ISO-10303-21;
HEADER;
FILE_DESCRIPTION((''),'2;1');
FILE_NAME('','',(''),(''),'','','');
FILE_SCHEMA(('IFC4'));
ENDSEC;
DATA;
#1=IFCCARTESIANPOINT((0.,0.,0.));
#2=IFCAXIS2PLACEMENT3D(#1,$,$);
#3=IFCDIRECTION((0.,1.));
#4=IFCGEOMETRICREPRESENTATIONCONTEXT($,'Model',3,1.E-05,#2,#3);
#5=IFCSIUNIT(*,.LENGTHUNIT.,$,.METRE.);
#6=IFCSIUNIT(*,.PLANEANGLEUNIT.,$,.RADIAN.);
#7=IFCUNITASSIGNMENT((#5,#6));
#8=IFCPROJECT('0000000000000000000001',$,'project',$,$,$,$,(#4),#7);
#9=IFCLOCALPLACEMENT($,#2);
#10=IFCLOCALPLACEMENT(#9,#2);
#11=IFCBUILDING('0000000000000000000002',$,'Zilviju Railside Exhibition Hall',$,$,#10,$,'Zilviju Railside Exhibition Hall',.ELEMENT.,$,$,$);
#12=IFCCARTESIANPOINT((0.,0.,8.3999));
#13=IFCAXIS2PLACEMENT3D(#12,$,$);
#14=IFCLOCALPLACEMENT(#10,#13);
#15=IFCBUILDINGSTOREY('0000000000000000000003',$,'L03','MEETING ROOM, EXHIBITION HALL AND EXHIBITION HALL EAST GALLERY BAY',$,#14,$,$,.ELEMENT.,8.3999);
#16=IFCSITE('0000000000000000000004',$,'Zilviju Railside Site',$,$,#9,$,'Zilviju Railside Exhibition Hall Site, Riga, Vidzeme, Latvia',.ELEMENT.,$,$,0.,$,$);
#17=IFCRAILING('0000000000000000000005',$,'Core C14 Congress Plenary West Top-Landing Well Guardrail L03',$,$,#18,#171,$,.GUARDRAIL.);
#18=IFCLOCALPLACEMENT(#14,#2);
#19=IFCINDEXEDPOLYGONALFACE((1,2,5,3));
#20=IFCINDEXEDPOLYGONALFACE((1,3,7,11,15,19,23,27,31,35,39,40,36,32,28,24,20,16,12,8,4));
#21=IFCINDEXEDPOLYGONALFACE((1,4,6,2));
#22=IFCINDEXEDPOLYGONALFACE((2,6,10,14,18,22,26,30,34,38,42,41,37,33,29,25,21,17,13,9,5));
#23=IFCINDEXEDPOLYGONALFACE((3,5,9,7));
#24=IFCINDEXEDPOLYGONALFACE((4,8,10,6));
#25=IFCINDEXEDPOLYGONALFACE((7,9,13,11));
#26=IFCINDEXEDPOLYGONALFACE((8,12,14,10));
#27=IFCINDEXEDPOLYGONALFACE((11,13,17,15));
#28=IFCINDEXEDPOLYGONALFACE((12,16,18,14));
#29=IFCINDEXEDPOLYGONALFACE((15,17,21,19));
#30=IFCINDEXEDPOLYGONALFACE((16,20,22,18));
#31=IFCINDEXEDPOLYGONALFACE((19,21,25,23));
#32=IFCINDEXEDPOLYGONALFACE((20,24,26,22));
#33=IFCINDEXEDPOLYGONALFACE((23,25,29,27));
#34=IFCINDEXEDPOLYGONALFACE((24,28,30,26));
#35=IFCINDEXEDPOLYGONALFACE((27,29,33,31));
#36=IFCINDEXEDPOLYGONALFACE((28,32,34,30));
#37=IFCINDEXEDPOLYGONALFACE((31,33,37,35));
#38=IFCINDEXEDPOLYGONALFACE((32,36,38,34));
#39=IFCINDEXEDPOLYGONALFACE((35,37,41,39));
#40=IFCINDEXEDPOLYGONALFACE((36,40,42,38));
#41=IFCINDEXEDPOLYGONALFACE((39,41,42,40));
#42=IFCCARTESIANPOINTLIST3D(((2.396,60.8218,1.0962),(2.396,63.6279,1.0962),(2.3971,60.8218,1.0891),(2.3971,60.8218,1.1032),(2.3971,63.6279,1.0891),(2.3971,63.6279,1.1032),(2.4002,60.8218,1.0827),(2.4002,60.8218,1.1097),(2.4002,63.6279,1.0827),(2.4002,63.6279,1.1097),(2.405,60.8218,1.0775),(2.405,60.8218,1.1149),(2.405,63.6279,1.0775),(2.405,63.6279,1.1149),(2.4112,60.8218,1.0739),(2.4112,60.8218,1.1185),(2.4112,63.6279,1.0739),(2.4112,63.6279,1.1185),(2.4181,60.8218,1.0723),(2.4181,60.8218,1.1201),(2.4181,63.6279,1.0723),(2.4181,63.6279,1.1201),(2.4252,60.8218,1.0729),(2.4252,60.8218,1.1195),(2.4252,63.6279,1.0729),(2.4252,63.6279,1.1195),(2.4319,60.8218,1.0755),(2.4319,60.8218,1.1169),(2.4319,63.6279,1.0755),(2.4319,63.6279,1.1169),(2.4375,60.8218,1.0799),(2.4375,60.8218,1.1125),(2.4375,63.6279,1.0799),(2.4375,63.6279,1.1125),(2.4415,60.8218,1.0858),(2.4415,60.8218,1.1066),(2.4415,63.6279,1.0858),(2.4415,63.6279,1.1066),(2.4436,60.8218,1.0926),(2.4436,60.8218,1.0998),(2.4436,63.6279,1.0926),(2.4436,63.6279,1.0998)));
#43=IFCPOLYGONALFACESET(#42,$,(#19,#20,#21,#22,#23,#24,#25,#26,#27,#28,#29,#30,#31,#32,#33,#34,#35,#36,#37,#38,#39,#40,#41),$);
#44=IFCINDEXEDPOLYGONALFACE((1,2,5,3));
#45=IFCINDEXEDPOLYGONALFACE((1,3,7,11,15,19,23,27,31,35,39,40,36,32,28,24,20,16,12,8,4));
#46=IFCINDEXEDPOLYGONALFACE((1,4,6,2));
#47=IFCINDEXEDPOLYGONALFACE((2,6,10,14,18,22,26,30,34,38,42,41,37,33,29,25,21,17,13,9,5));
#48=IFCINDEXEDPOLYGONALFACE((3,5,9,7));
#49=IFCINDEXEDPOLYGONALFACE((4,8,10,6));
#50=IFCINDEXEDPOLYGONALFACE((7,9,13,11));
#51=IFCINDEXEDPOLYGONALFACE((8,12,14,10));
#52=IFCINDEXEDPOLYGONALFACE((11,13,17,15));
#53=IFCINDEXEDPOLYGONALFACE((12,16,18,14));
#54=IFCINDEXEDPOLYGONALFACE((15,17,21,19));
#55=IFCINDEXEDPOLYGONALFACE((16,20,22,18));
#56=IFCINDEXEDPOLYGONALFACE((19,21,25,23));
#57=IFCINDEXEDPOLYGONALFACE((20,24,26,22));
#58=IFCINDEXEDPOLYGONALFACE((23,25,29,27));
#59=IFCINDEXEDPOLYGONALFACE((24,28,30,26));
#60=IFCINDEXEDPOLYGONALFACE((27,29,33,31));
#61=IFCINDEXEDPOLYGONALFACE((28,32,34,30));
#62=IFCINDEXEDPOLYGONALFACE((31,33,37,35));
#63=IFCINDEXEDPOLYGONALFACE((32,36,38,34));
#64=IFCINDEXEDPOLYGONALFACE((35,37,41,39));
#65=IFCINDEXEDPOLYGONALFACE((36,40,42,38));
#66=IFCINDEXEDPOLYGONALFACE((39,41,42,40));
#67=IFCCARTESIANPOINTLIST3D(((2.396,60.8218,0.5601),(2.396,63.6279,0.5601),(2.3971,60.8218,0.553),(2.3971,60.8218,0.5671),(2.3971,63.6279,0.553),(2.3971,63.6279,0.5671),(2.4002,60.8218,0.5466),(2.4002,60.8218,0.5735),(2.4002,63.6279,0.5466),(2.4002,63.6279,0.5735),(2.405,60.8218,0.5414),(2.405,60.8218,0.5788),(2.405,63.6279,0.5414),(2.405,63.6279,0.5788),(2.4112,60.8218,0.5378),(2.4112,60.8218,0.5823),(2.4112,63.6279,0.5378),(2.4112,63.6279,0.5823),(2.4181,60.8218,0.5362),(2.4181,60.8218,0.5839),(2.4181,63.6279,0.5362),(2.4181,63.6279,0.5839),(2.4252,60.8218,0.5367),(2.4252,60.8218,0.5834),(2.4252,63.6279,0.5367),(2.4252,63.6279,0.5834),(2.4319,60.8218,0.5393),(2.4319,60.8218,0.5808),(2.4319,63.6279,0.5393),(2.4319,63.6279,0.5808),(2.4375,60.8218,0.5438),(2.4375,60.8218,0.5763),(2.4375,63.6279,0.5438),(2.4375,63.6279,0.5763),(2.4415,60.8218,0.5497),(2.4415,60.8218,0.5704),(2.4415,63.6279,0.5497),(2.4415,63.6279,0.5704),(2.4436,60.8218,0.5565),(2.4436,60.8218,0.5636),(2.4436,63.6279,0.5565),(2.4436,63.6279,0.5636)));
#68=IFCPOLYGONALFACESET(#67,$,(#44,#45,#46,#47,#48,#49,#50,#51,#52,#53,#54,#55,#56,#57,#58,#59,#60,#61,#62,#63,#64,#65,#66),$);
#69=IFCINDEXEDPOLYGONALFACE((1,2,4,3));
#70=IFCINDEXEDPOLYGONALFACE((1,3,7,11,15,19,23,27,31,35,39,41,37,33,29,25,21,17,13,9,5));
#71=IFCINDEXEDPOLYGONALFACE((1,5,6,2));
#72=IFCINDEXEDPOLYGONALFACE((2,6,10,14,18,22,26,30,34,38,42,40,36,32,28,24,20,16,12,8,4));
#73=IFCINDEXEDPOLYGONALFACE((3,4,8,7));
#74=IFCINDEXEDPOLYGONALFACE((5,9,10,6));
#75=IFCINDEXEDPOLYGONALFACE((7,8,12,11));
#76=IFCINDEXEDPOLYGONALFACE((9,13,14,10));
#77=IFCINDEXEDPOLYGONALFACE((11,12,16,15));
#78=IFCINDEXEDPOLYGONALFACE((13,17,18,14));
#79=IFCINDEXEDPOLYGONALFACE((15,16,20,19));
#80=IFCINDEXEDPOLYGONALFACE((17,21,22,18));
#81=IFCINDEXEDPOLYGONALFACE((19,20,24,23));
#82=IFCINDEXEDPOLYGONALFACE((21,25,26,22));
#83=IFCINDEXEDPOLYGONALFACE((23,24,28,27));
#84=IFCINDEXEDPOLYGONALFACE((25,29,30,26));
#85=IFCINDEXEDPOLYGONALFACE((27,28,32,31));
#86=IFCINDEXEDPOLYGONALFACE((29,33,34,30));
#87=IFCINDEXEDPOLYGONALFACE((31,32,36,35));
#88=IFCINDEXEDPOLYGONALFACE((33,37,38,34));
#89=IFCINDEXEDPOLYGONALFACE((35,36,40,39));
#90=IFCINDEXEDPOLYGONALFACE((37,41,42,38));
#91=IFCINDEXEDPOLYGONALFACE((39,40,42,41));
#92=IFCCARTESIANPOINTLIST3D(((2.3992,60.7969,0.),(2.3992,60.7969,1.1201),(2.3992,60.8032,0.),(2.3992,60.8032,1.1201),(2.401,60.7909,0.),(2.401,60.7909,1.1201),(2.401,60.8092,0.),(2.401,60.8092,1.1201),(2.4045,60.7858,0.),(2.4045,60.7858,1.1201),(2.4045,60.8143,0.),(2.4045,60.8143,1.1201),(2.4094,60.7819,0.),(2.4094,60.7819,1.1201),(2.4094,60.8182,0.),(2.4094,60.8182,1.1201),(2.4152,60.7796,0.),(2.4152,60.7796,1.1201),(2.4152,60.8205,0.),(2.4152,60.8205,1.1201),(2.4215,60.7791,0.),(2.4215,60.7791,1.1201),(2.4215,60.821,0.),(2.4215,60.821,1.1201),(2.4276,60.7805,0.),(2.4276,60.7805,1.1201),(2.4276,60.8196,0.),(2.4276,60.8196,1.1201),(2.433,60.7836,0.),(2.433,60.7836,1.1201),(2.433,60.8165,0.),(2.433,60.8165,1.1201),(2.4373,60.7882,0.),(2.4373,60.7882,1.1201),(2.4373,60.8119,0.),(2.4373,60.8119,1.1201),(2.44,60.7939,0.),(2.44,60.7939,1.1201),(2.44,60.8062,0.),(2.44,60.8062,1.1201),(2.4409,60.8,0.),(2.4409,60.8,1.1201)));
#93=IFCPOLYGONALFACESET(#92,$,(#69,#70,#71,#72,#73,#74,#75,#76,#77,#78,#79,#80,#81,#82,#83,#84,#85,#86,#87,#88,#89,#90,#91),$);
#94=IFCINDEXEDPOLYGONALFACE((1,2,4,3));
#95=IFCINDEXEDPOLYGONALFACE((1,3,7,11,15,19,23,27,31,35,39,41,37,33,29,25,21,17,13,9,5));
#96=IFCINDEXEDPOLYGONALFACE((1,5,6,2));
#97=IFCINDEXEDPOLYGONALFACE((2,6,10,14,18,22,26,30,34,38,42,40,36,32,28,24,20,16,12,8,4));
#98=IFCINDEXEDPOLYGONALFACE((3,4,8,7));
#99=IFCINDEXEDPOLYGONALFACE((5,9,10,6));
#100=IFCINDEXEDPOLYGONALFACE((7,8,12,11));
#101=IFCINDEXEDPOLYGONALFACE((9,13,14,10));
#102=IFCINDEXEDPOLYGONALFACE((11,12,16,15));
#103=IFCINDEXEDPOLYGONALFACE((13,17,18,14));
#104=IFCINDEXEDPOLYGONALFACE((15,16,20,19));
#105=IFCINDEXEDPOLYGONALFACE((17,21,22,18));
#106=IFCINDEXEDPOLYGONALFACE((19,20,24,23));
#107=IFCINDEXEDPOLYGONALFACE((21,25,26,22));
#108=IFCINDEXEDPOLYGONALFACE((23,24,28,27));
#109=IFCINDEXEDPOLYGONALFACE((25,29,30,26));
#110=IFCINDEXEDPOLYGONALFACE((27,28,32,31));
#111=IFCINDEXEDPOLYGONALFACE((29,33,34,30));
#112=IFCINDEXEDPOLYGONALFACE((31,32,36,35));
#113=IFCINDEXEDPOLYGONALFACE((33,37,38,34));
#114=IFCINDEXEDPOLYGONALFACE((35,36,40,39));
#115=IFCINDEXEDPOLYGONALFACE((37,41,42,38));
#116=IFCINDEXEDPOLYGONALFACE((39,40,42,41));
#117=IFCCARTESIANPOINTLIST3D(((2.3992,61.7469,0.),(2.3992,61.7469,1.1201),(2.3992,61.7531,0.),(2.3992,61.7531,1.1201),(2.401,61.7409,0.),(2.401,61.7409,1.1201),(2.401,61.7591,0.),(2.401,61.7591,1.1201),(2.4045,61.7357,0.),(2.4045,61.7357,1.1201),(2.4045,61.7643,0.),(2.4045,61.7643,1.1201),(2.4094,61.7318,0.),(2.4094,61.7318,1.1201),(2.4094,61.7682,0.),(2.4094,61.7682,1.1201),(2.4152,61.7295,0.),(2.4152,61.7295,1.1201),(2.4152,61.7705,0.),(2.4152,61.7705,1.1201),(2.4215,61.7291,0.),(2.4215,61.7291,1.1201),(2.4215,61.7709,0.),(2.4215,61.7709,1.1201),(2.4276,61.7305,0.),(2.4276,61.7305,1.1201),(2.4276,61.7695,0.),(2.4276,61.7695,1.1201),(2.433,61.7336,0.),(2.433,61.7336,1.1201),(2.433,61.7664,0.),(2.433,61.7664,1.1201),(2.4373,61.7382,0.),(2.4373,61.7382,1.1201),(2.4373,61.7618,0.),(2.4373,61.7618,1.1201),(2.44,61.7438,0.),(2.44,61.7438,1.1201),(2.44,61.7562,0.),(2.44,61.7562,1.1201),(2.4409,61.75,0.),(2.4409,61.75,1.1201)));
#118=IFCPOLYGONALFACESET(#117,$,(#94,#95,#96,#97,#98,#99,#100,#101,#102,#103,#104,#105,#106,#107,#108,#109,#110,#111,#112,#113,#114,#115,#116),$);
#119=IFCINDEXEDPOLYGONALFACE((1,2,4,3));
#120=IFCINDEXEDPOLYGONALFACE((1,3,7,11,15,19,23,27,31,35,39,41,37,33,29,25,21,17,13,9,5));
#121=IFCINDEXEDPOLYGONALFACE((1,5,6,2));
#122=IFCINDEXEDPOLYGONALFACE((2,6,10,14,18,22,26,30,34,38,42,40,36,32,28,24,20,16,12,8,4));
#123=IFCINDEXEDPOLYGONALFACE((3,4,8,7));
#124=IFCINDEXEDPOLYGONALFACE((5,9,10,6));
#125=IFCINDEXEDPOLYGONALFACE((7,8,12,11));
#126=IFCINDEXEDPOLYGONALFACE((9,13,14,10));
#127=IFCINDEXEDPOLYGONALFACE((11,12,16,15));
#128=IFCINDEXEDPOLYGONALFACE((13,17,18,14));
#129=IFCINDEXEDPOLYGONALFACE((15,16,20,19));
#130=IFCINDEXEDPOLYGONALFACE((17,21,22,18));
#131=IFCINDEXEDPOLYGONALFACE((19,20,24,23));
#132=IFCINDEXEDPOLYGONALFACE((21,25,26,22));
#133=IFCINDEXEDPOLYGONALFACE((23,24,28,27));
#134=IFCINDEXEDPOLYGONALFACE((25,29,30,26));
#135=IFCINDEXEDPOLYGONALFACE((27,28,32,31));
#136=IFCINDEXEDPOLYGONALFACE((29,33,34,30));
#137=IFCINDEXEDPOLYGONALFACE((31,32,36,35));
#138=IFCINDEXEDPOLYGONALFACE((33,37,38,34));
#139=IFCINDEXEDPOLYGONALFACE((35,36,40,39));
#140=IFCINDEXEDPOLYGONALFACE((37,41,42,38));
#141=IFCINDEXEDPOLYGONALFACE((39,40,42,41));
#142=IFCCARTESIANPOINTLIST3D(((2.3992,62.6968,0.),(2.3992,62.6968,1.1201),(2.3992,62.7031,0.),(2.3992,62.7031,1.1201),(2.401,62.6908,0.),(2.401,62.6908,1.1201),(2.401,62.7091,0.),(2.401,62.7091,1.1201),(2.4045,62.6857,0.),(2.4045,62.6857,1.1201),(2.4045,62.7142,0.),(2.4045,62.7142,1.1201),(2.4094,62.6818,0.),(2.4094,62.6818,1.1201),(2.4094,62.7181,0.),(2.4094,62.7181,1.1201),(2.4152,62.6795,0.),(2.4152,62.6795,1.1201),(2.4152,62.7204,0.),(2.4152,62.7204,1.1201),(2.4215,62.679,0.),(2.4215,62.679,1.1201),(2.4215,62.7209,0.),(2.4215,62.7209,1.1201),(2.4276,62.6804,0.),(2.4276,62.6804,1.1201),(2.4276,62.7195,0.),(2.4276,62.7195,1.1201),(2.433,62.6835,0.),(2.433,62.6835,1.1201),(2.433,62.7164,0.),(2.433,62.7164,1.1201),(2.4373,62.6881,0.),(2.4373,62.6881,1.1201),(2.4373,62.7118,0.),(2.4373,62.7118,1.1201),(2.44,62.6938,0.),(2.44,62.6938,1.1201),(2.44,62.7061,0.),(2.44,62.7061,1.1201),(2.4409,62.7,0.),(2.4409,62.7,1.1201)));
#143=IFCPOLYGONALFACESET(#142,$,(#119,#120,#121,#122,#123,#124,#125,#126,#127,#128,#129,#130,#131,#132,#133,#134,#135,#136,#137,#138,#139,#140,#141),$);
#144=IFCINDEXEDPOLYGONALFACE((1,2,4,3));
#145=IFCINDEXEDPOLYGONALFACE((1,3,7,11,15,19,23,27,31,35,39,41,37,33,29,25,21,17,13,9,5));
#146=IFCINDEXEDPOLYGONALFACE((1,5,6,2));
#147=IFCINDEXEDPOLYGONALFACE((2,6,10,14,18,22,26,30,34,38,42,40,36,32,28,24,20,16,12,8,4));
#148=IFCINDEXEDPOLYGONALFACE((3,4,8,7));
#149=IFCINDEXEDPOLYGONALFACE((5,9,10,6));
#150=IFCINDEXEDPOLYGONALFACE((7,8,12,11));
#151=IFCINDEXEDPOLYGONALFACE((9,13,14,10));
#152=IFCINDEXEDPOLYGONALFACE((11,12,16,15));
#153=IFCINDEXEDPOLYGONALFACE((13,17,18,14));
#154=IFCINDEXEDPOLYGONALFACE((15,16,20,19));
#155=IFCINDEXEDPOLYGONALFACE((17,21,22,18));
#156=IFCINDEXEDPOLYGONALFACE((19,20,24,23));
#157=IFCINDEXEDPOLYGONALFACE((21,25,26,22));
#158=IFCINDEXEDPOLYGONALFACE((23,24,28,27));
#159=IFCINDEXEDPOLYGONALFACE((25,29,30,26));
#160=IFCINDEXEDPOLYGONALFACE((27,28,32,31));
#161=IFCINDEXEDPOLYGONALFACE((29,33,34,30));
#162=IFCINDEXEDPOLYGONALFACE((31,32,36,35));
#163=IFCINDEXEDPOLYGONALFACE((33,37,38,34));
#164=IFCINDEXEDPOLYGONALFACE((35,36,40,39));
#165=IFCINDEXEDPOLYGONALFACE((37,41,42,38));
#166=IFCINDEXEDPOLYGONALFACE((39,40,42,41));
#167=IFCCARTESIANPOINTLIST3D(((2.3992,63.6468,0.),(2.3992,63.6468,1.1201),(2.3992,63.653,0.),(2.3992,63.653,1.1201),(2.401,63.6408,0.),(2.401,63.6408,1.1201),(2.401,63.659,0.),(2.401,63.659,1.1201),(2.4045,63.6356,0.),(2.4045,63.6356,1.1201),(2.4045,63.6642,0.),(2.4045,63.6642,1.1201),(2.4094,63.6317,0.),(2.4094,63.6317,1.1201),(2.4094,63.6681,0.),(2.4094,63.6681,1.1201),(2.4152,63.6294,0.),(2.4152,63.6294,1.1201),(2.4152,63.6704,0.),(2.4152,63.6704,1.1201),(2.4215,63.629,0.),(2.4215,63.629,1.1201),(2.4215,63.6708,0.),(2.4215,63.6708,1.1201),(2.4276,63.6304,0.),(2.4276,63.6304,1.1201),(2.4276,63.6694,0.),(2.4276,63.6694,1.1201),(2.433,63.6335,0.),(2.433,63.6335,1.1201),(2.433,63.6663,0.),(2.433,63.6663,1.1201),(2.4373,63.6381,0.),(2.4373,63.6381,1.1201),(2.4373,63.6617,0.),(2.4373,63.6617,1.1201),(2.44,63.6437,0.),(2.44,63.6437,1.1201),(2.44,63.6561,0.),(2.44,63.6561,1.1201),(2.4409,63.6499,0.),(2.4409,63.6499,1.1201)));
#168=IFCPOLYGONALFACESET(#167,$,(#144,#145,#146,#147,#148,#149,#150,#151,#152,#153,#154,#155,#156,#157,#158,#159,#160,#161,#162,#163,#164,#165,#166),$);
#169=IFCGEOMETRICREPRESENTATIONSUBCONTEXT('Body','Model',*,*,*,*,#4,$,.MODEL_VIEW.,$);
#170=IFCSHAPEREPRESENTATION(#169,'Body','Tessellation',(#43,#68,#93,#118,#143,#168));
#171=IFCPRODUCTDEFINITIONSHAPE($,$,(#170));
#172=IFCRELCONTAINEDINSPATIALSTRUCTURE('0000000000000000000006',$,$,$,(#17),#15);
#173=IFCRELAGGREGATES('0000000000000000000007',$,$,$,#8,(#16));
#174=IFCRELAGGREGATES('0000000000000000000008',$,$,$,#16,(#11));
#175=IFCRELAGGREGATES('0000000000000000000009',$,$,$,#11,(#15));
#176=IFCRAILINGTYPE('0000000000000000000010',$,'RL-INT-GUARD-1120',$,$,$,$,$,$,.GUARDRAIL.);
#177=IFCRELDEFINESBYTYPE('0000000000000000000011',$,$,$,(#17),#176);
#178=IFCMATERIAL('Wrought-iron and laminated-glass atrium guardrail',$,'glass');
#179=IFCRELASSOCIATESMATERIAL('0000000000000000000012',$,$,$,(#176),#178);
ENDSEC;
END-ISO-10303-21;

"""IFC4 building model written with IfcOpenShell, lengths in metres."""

from ifc_helpers import new_model, si_unit, direction, frame, origin, origin_2d, place, context, subcontext, project, spatial, circle, extrude, material, type_object, element, save


model = new_model("IFC4")

# Units and contexts
model_context = context("Model", 3, precision=1e-05, world=origin(), true_north=direction((0.0, 1.0)))
body_context = subcontext(model_context, "Body", "Model", "MODEL_VIEW")
ifc_project = project(units=[si_unit("LENGTHUNIT", "METRE"), si_unit("PLANEANGLEUNIT", "RADIAN")], contexts=[model_context])

# Site, building, storey
site_placement = place(None, origin())
site = spatial("IfcSite", under=ifc_project, at=site_placement, Name="Zilviju Railside Site", LongName="Zilviju Railside Exhibition Hall Site, Riga, Vidzeme, Latvia", CompositionType="ELEMENT", RefElevation=0.0)
building_placement = place(site_placement, origin())
building = spatial("IfcBuilding", under=site, at=building_placement, Name="Zilviju Railside Exhibition Hall", LongName="Zilviju Railside Exhibition Hall", CompositionType="ELEMENT")
storey_placement = place(building_placement, frame((0.0, 0.0, 8.3999)))
storey = spatial("IfcBuildingStorey", under=building, at=storey_placement, Name="L03", Description="MEETING ROOM, EXHIBITION HALL AND EXHIBITION HALL EAST GALLERY BAY", CompositionType="ELEMENT", Elevation=8.3999)

# Railing
ifc_material_1 = material(Name="Wrought-iron and laminated-glass atrium guardrail", Category="glass")
railing_type = type_object("IfcRailingType", Name="RL-INT-GUARD-1120", PredefinedType="GUARDRAIL", material=ifc_material_1)
railing_placement = place(storey_placement, frame((2.4199, 60.8, 0.0)))
element("IfcRailing", 1, at=railing_placement, inside=storey, type_object=railing_type, Name="Core C14 Congress Plenary West Top-Landing Well Guardrail L03", PredefinedType="GUARDRAIL", context=body_context, shape_type="SweptSolid", body=[
    extrude(circle(Radius=0.0239, at=origin_2d()), frame((0.0, 0.0217, 1.0962), z_axis=(0.0, 1.0, 0.0), x_axis=(-1.0, 0.0, 0.0)), (0.0, 0.0, 1.0), 2.8062),
    extrude(circle(Radius=0.0239, at=origin_2d()), frame((0.0, 0.0217, 0.5601), z_axis=(0.0, 1.0, 0.0), x_axis=(-1.0, 0.0, 0.0)), (0.0, 0.0, 1.0), 2.8062),
    extrude(circle(Radius=0.021, at=origin_2d()), origin(), (0.0, 0.0, 1.0), 1.1201),
    extrude(circle(Radius=0.021, at=origin_2d()), frame((0.0, 0.95, 0.0)), (0.0, 0.0, 1.0), 1.1201),
    extrude(circle(Radius=0.021, at=origin_2d()), frame((0.0, 1.8999, 0.0)), (0.0, 0.0, 1.0), 1.1201),
    extrude(circle(Radius=0.021, at=origin_2d()), frame((0.0, 2.8499, 0.0)), (0.0, 0.0, 1.0), 1.1201),
])

save(model, "model.ifc")
